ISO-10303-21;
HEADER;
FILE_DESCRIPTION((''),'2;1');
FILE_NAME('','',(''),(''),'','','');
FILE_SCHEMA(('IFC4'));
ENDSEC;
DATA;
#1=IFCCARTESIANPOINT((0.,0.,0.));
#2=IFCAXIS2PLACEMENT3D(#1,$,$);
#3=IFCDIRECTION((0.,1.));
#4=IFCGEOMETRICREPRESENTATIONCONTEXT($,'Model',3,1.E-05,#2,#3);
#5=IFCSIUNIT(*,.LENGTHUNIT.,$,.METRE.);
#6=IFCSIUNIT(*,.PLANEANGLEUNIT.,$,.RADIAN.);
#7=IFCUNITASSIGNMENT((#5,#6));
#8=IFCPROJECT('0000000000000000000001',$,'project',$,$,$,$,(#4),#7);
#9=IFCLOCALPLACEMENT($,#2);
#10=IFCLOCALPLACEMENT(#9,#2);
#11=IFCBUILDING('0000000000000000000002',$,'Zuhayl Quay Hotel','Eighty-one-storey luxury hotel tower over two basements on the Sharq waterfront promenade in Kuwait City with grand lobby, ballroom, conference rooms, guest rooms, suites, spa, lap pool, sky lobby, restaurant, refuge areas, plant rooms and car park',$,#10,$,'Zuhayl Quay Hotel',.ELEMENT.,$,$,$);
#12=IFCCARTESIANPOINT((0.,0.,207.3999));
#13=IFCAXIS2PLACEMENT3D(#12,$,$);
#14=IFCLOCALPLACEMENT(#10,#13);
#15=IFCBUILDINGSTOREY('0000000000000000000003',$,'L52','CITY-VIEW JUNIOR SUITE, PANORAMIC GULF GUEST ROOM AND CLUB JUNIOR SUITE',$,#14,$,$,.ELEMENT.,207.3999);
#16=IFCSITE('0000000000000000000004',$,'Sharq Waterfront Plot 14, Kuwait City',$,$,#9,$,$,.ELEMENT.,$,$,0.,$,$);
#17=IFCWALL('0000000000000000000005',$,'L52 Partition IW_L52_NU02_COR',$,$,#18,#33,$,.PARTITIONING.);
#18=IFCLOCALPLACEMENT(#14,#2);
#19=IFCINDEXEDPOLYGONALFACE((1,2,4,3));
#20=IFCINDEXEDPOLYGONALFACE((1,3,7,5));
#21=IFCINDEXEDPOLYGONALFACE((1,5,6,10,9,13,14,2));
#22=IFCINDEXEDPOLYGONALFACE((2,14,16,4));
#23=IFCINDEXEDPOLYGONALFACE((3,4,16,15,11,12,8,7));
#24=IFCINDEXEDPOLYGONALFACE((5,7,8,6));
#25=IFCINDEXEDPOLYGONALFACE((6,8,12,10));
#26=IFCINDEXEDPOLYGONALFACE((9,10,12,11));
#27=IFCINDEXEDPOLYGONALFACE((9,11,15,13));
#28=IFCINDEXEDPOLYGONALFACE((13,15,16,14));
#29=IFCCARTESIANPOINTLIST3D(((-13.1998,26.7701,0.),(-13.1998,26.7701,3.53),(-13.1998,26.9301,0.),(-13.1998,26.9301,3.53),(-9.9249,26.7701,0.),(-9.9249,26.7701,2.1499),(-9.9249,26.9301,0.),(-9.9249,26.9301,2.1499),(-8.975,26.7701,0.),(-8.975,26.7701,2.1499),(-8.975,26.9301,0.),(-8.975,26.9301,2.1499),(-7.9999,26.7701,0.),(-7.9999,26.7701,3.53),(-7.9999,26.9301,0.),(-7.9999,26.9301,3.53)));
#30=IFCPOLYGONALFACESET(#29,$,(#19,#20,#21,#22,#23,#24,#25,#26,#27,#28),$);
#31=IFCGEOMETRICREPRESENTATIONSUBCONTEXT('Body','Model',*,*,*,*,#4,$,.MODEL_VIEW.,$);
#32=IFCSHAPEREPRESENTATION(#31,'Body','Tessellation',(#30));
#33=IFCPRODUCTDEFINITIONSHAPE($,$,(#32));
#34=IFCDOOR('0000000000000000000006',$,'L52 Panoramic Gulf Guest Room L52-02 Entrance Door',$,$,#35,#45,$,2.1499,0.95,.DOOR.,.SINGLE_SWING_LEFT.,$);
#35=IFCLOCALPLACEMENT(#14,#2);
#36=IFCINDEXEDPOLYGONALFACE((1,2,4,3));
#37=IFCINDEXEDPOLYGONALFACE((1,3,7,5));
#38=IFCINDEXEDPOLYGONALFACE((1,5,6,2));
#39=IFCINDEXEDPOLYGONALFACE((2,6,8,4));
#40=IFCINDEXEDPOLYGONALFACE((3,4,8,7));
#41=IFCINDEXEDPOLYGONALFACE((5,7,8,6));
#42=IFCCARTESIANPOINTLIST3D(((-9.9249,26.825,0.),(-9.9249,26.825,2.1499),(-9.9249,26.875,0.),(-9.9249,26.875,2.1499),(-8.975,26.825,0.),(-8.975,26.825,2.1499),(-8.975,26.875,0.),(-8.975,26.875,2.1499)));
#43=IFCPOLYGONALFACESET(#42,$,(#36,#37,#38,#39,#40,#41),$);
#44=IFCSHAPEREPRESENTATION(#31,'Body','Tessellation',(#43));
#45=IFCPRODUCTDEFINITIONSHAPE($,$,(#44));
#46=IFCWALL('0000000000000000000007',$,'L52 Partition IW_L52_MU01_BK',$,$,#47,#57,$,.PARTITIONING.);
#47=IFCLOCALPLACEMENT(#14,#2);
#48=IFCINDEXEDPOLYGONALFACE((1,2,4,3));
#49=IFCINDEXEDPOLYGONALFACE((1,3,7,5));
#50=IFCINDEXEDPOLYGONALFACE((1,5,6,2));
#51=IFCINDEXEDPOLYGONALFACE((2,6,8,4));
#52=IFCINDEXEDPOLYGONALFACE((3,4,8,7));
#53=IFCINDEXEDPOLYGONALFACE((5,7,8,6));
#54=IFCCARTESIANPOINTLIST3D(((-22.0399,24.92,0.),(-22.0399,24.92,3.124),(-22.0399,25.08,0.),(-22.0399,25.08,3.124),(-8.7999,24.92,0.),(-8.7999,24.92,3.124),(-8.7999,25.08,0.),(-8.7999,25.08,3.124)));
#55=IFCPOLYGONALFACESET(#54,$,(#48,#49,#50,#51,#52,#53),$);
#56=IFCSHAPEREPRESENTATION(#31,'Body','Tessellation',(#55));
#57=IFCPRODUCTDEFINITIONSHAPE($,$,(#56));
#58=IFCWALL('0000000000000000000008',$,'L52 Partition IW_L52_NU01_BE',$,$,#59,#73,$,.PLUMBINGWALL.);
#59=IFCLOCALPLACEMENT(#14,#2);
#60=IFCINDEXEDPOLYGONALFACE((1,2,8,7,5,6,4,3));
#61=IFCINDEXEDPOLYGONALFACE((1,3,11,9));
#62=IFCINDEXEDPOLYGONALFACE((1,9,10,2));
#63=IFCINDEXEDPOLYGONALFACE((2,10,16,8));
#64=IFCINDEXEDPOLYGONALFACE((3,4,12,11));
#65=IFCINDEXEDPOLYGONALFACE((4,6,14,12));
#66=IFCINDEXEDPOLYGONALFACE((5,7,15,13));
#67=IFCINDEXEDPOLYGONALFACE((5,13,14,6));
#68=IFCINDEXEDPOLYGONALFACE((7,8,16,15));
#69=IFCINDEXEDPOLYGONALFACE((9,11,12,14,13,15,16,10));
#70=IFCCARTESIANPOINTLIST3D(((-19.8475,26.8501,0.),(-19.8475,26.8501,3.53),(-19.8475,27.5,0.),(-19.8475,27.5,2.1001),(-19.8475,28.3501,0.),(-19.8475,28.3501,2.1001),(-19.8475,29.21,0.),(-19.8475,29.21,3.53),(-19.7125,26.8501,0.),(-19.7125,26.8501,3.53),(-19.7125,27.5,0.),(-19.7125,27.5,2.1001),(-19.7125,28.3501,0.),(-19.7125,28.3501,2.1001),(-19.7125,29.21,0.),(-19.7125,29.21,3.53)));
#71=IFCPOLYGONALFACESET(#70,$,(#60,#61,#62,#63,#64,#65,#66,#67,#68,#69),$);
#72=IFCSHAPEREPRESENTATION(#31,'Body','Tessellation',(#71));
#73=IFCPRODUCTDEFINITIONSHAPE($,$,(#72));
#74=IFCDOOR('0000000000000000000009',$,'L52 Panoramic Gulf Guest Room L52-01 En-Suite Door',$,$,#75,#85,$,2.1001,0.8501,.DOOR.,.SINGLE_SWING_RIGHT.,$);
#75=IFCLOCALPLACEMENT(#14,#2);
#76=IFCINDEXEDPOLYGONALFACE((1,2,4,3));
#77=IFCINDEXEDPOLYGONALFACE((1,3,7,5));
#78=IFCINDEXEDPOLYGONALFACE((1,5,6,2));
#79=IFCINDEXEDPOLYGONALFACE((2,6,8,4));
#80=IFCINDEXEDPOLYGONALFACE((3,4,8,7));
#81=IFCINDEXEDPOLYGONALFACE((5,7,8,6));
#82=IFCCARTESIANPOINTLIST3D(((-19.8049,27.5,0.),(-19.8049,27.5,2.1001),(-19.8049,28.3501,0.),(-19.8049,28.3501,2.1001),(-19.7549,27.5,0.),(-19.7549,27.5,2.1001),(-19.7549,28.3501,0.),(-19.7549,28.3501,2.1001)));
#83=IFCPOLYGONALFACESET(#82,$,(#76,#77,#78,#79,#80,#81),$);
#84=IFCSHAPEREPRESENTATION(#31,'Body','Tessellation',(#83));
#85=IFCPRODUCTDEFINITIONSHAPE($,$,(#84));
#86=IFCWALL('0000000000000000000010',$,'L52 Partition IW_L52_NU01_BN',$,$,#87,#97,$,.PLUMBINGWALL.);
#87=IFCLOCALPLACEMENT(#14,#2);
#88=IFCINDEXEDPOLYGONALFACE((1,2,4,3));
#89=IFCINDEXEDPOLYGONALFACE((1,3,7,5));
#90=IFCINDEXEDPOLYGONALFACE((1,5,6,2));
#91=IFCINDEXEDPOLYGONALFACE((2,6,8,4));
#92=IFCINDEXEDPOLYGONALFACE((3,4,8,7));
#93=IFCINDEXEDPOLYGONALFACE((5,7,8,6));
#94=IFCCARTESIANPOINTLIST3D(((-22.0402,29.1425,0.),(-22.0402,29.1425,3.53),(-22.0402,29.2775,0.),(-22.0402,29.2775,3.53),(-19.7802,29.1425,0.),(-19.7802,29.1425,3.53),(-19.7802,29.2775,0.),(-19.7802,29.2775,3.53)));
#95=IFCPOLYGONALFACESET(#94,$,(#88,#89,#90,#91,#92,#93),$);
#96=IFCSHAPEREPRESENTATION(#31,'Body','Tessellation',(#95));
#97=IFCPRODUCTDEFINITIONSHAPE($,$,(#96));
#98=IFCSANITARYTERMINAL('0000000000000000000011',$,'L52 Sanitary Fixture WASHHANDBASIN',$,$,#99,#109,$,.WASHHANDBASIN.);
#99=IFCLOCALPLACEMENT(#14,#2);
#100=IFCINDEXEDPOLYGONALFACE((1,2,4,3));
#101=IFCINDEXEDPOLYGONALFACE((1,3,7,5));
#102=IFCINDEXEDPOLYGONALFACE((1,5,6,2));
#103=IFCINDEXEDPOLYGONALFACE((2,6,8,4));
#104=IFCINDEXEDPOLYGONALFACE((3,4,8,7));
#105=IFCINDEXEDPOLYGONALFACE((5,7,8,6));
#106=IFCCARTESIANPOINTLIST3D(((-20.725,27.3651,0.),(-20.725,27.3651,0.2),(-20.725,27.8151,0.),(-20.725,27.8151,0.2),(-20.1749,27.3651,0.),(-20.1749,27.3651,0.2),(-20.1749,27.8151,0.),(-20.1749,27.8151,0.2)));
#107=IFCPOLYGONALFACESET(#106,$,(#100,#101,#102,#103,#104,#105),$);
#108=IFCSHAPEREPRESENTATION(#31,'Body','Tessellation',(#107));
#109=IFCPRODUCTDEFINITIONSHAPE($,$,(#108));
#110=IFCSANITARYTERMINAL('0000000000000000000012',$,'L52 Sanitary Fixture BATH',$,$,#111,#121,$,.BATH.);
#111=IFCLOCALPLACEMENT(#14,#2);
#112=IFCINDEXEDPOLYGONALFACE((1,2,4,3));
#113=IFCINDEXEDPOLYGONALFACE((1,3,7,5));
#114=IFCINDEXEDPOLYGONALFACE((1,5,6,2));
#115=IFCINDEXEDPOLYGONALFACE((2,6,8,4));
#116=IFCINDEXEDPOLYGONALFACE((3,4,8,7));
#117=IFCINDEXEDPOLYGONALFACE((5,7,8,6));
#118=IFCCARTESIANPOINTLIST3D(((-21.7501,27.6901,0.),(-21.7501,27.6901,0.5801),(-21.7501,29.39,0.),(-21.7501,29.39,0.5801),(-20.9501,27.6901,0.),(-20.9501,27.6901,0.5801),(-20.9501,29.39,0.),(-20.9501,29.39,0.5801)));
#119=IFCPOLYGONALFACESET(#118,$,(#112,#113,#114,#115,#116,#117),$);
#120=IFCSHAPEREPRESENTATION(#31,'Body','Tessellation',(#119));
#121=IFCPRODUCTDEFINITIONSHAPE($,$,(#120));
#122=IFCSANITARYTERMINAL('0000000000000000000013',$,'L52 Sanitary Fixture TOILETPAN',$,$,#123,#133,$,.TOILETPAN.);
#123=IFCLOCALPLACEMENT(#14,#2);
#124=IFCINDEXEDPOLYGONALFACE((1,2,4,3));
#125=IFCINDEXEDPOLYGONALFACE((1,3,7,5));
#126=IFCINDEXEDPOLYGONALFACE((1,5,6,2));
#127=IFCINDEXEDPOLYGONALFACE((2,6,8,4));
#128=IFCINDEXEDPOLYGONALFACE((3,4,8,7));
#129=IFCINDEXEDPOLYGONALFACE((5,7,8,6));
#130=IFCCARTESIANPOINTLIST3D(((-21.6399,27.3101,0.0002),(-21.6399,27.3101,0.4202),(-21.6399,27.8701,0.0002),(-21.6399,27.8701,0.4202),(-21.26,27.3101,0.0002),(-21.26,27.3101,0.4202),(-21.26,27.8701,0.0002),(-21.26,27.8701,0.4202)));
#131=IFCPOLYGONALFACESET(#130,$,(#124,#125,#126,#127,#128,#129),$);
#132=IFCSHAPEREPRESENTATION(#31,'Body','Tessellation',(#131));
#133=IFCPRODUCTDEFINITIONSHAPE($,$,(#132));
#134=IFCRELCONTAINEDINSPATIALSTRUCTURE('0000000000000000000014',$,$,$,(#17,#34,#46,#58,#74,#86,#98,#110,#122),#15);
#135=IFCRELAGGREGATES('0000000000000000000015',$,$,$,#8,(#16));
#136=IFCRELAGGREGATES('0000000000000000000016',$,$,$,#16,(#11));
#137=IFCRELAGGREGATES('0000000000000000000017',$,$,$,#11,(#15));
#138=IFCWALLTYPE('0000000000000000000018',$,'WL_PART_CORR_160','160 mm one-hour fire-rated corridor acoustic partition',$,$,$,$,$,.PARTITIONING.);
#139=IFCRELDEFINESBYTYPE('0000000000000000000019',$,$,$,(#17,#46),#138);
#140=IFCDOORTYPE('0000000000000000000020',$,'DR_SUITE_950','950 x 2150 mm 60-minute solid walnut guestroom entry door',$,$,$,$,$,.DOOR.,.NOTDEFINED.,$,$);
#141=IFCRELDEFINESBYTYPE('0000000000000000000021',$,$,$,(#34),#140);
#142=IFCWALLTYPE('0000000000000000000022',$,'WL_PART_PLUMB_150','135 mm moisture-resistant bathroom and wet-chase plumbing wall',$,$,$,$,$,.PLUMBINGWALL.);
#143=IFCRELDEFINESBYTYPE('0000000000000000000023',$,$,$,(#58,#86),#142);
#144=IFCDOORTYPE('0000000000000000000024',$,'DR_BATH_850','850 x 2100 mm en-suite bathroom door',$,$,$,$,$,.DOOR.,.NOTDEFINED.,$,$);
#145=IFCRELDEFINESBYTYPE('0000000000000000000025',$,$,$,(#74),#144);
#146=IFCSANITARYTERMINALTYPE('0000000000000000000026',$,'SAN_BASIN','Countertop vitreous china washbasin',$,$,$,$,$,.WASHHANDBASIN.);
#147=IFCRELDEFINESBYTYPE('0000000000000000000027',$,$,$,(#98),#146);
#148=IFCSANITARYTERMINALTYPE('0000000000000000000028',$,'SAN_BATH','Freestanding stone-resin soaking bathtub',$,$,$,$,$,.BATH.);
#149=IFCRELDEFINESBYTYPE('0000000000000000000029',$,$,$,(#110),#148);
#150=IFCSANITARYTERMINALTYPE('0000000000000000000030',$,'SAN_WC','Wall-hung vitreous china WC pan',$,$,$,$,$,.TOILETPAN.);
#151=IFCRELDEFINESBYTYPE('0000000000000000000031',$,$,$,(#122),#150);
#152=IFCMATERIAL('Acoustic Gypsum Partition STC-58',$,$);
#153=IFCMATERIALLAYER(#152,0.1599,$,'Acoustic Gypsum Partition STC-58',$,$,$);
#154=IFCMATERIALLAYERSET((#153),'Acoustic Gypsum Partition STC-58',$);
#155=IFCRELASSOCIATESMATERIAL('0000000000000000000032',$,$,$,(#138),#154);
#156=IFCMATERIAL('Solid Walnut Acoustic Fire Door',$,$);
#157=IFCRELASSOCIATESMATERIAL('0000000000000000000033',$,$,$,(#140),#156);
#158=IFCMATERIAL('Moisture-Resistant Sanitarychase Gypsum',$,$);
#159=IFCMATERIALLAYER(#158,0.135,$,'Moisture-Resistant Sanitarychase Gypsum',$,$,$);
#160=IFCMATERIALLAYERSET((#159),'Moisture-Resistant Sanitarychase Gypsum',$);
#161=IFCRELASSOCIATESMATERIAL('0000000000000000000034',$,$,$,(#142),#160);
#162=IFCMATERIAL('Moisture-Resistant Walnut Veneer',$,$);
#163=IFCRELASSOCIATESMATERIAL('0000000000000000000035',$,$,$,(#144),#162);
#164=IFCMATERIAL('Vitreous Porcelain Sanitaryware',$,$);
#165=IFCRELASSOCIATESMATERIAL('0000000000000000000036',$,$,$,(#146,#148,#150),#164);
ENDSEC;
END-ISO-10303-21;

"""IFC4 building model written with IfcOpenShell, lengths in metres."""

from ifc_helpers import new_model, si_unit, direction, frame, frame_2d, origin, origin_2d, place, context, subcontext, project, spatial, rectangle, extrude, material, layer, layer_set, type_object, element, fill, save


model = new_model("IFC4")

# Units and contexts
model_context = context("Model", 3, precision=1e-05, world=origin(), true_north=direction((0.0, 1.0)))
body_context = subcontext(model_context, "Body", "Model", "MODEL_VIEW")
ifc_project = project(units=[si_unit("LENGTHUNIT", "METRE"), si_unit("PLANEANGLEUNIT", "RADIAN")], contexts=[model_context])

# Site, building, storey
site_placement = place(None, origin())
site = spatial("IfcSite", under=ifc_project, at=site_placement, Name="Sharq Waterfront Plot 14, Kuwait City", CompositionType="ELEMENT", RefElevation=0.0)
building_placement = place(site_placement, origin())
building = spatial("IfcBuilding", under=site, at=building_placement, Name="Zuhayl Quay Hotel", Description="Eighty-one-storey luxury hotel tower over two basements on the Sharq waterfront promenade in Kuwait City with grand lobby, ballroom, conference rooms, guest rooms, suites, spa, lap pool, sky lobby, restaurant, refuge areas, plant rooms and car park", LongName="Zuhayl Quay Hotel", CompositionType="ELEMENT")
storey_placement = place(building_placement, frame((0.0, 0.0, 207.3999)))
storey = spatial("IfcBuildingStorey", under=building, at=storey_placement, Name="L52", Description="CITY-VIEW JUNIOR SUITE, PANORAMIC GULF GUEST ROOM AND CLUB JUNIOR SUITE", CompositionType="ELEMENT", Elevation=207.3999)

# Wall, opening, door
ifc_material_1 = material(Name="Acoustic Gypsum Partition STC-58")
ifc_layer_1 = layer(ifc_material_1, 0.1599, Name="Acoustic Gypsum Partition STC-58")
ifc_layer_set_1 = layer_set([ifc_layer_1], Name="Acoustic Gypsum Partition STC-58")
wall_type_1 = type_object("IfcWallType", Name="WL_PART_CORR_160", Description="160 mm one-hour fire-rated corridor acoustic partition", PredefinedType="PARTITIONING", material=ifc_layer_set_1)
ifc_material_2 = material(Name="Solid Walnut Acoustic Fire Door")
wall_1_placement = place(storey_placement, frame((-13.2, 26.8501, 0.0), z_axis=(0.0, 0.0, 1.0), x_axis=(1.0, 0.0, 0.0)))
wall_1 = element("IfcWall", 1, at=wall_1_placement, inside=storey, type_object=wall_type_1, Name="L52 Partition IW_L52_NU02_COR", PredefinedType="PARTITIONING", context=body_context, shape_type="SweptSolid", body=[
    extrude(rectangle(XDim=5.2, YDim=0.1599, at=frame_2d((2.6001, 0.0))), origin(), (0.0, 0.0, 1.0), 3.53),
])
opening_1_placement = place(wall_1_placement, frame((3.2749, 0.0, 0.0)))
opening_1 = element("IfcOpeningElement", 2, at=opening_1_placement, cuts=wall_1, PredefinedType="OPENING", context=body_context, shape_type="SweptSolid", body=[
    extrude(rectangle(XDim=0.95, YDim=2.1499, at=frame_2d((0.4751, 1.075))), frame((0.0, 0.0898, 0.0), z_axis=(0.0, -1.0, 0.0), x_axis=(1.0, 0.0, 0.0)), (0.0, 0.0, 1.0), 0.1799),
])
door_type_1 = type_object("IfcDoorType", Name="DR_SUITE_950", Description="950 x 2150 mm 60-minute solid walnut guestroom entry door", OperationType="NOTDEFINED", PredefinedType="DOOR", material=ifc_material_2)
door_1_placement = place(opening_1_placement, origin())
door_1 = element("IfcDoor", 3, at=door_1_placement, inside=storey, type_object=door_type_1, Name="L52 Panoramic Gulf Guest Room L52-02 Entrance Door", OperationType="SINGLE_SWING_LEFT", OverallHeight=2.1499, OverallWidth=0.95, PredefinedType="DOOR", context=body_context, shape_type="SweptSolid", body=[
    extrude(rectangle(XDim=0.95, YDim=2.1499, at=frame_2d((0.4751, 1.075))), frame((0.0, 0.0249, 0.0), z_axis=(0.0, -1.0, 0.0), x_axis=(1.0, 0.0, 0.0)), (0.0, 0.0, 1.0), 0.05),
])
fill(opening_1, door_1)

# Wall
wall_2_placement = place(storey_placement, frame((-22.04, 25.0, 0.0), z_axis=(0.0, 0.0, 1.0), x_axis=(1.0, 0.0, 0.0)))
element("IfcWall", 4, at=wall_2_placement, inside=storey, type_object=wall_type_1, Name="L52 Partition IW_L52_MU01_BK", PredefinedType="PARTITIONING", context=body_context, shape_type="SweptSolid", body=[
    extrude(rectangle(XDim=13.24, YDim=0.1599, at=frame_2d((6.6201, 0.0))), origin(), (0.0, 0.0, 1.0), 3.124),
])

# Wall, opening, door
ifc_material_3 = material(Name="Moisture-Resistant Sanitarychase Gypsum")
ifc_layer_2 = layer(ifc_material_3, 0.135, Name="Moisture-Resistant Sanitarychase Gypsum")
ifc_layer_set_2 = layer_set([ifc_layer_2], Name="Moisture-Resistant Sanitarychase Gypsum")
wall_type_2 = type_object("IfcWallType", Name="WL_PART_PLUMB_150", Description="135 mm moisture-resistant bathroom and wet-chase plumbing wall", PredefinedType="PLUMBINGWALL", material=ifc_layer_set_2)
wall_3_placement = place(storey_placement, frame((-19.78, 26.8501, 0.0), z_axis=(0.0, 0.0, 1.0), x_axis=(0.0, 1.0, 0.0)))
wall_3 = element("IfcWall", 5, at=wall_3_placement, inside=storey, type_object=wall_type_2, Name="L52 Partition IW_L52_NU01_BE", PredefinedType="PLUMBINGWALL", context=body_context, shape_type="SweptSolid", body=[
    extrude(rectangle(XDim=2.3599, YDim=0.135, at=frame_2d((1.1799, 0.0))), origin(), (0.0, 0.0, 1.0), 3.53),
])
opening_2_placement = place(wall_3_placement, frame((0.6499, 0.0, 0.0)))
opening_2 = element("IfcOpeningElement", 6, at=opening_2_placement, cuts=wall_3, PredefinedType="OPENING", context=body_context, shape_type="SweptSolid", body=[
    extrude(rectangle(XDim=0.8501, YDim=2.1001, at=frame_2d((0.425, 1.05))), frame((0.0, 0.0774, 0.0), z_axis=(0.0, -1.0, 0.0), x_axis=(1.0, 0.0, 0.0)), (0.0, 0.0, 1.0), 0.155),
])
ifc_material_4 = material(Name="Moisture-Resistant Walnut Veneer")
door_type_2 = type_object("IfcDoorType", Name="DR_BATH_850", Description="850 x 2100 mm en-suite bathroom door", OperationType="NOTDEFINED", PredefinedType="DOOR", material=ifc_material_4)
door_2_placement = place(opening_2_placement, origin())
door_2 = element("IfcDoor", 7, at=door_2_placement, inside=storey, type_object=door_type_2, Name="L52 Panoramic Gulf Guest Room L52-01 En-Suite Door", OperationType="SINGLE_SWING_RIGHT", OverallHeight=2.1001, OverallWidth=0.8501, PredefinedType="DOOR", context=body_context, shape_type="SweptSolid", body=[
    extrude(rectangle(XDim=0.8501, YDim=2.1001, at=frame_2d((0.425, 1.05))), frame((0.0, 0.0249, 0.0), z_axis=(0.0, -1.0, 0.0), x_axis=(1.0, 0.0, 0.0)), (0.0, 0.0, 1.0), 0.05),
])
fill(opening_2, door_2)

# Wall
wall_4_placement = place(storey_placement, frame((-22.04, 29.21, 0.0), z_axis=(0.0, 0.0, 1.0), x_axis=(1.0, 0.0, 0.0)))
element("IfcWall", 8, at=wall_4_placement, inside=storey, type_object=wall_type_2, Name="L52 Partition IW_L52_NU01_BN", PredefinedType="PLUMBINGWALL", context=body_context, shape_type="SweptSolid", body=[
    extrude(rectangle(XDim=2.26, YDim=0.135, at=frame_2d((1.1299, 0.0))), origin(), (0.0, 0.0, 1.0), 3.53),
])

# Sanitary terminals
ifc_material_5 = material(Name="Vitreous Porcelain Sanitaryware")
sanitary_terminal_type_1 = type_object("IfcSanitaryTerminalType", Name="SAN_BASIN", Description="Countertop vitreous china washbasin", PredefinedType="WASHHANDBASIN", material=ifc_material_5)
sanitary_terminal_1_placement = place(storey_placement, frame((-20.45, 27.5901, 0.0), z_axis=(0.0, 0.0, 1.0), x_axis=(1.0, 0.0, 0.0)))
element("IfcSanitaryTerminal", 9, at=sanitary_terminal_1_placement, inside=storey, type_object=sanitary_terminal_type_1, Name="L52 Sanitary Fixture WASHHANDBASIN", PredefinedType="WASHHANDBASIN", context=body_context, shape_type="SweptSolid", body=[
    extrude(rectangle(XDim=0.55, YDim=0.45, at=origin_2d()), origin(), (0.0, 0.0, 1.0), 0.2),
])
sanitary_terminal_type_2 = type_object("IfcSanitaryTerminalType", Name="SAN_BATH", Description="Freestanding stone-resin soaking bathtub", PredefinedType="BATH", material=ifc_material_5)
sanitary_terminal_2_placement = place(storey_placement, frame((-21.3501, 28.54, 0.0), z_axis=(0.0, 0.0, 1.0), x_axis=(1.0, 0.0, 0.0)))
element("IfcSanitaryTerminal", 10, at=sanitary_terminal_2_placement, inside=storey, type_object=sanitary_terminal_type_2, Name="L52 Sanitary Fixture BATH", PredefinedType="BATH", context=body_context, shape_type="SweptSolid", body=[
    extrude(rectangle(XDim=0.8, YDim=1.7, at=origin_2d()), origin(), (0.0, 0.0, 1.0), 0.5801),
])
sanitary_terminal_type_3 = type_object("IfcSanitaryTerminalType", Name="SAN_WC", Description="Wall-hung vitreous china WC pan", PredefinedType="TOILETPAN", material=ifc_material_5)
sanitary_terminal_3_placement = place(storey_placement, frame((-21.45, 27.5901, 0.0002), z_axis=(0.0, 0.0, 1.0), x_axis=(1.0, 0.0, 0.0)))
element("IfcSanitaryTerminal", 11, at=sanitary_terminal_3_placement, inside=storey, type_object=sanitary_terminal_type_3, Name="L52 Sanitary Fixture TOILETPAN", PredefinedType="TOILETPAN", context=body_context, shape_type="SweptSolid", body=[
    extrude(rectangle(XDim=0.3799, YDim=0.5601, at=origin_2d()), origin(), (0.0, 0.0, 1.0), 0.4199),
])

save(model, "model.ifc")
